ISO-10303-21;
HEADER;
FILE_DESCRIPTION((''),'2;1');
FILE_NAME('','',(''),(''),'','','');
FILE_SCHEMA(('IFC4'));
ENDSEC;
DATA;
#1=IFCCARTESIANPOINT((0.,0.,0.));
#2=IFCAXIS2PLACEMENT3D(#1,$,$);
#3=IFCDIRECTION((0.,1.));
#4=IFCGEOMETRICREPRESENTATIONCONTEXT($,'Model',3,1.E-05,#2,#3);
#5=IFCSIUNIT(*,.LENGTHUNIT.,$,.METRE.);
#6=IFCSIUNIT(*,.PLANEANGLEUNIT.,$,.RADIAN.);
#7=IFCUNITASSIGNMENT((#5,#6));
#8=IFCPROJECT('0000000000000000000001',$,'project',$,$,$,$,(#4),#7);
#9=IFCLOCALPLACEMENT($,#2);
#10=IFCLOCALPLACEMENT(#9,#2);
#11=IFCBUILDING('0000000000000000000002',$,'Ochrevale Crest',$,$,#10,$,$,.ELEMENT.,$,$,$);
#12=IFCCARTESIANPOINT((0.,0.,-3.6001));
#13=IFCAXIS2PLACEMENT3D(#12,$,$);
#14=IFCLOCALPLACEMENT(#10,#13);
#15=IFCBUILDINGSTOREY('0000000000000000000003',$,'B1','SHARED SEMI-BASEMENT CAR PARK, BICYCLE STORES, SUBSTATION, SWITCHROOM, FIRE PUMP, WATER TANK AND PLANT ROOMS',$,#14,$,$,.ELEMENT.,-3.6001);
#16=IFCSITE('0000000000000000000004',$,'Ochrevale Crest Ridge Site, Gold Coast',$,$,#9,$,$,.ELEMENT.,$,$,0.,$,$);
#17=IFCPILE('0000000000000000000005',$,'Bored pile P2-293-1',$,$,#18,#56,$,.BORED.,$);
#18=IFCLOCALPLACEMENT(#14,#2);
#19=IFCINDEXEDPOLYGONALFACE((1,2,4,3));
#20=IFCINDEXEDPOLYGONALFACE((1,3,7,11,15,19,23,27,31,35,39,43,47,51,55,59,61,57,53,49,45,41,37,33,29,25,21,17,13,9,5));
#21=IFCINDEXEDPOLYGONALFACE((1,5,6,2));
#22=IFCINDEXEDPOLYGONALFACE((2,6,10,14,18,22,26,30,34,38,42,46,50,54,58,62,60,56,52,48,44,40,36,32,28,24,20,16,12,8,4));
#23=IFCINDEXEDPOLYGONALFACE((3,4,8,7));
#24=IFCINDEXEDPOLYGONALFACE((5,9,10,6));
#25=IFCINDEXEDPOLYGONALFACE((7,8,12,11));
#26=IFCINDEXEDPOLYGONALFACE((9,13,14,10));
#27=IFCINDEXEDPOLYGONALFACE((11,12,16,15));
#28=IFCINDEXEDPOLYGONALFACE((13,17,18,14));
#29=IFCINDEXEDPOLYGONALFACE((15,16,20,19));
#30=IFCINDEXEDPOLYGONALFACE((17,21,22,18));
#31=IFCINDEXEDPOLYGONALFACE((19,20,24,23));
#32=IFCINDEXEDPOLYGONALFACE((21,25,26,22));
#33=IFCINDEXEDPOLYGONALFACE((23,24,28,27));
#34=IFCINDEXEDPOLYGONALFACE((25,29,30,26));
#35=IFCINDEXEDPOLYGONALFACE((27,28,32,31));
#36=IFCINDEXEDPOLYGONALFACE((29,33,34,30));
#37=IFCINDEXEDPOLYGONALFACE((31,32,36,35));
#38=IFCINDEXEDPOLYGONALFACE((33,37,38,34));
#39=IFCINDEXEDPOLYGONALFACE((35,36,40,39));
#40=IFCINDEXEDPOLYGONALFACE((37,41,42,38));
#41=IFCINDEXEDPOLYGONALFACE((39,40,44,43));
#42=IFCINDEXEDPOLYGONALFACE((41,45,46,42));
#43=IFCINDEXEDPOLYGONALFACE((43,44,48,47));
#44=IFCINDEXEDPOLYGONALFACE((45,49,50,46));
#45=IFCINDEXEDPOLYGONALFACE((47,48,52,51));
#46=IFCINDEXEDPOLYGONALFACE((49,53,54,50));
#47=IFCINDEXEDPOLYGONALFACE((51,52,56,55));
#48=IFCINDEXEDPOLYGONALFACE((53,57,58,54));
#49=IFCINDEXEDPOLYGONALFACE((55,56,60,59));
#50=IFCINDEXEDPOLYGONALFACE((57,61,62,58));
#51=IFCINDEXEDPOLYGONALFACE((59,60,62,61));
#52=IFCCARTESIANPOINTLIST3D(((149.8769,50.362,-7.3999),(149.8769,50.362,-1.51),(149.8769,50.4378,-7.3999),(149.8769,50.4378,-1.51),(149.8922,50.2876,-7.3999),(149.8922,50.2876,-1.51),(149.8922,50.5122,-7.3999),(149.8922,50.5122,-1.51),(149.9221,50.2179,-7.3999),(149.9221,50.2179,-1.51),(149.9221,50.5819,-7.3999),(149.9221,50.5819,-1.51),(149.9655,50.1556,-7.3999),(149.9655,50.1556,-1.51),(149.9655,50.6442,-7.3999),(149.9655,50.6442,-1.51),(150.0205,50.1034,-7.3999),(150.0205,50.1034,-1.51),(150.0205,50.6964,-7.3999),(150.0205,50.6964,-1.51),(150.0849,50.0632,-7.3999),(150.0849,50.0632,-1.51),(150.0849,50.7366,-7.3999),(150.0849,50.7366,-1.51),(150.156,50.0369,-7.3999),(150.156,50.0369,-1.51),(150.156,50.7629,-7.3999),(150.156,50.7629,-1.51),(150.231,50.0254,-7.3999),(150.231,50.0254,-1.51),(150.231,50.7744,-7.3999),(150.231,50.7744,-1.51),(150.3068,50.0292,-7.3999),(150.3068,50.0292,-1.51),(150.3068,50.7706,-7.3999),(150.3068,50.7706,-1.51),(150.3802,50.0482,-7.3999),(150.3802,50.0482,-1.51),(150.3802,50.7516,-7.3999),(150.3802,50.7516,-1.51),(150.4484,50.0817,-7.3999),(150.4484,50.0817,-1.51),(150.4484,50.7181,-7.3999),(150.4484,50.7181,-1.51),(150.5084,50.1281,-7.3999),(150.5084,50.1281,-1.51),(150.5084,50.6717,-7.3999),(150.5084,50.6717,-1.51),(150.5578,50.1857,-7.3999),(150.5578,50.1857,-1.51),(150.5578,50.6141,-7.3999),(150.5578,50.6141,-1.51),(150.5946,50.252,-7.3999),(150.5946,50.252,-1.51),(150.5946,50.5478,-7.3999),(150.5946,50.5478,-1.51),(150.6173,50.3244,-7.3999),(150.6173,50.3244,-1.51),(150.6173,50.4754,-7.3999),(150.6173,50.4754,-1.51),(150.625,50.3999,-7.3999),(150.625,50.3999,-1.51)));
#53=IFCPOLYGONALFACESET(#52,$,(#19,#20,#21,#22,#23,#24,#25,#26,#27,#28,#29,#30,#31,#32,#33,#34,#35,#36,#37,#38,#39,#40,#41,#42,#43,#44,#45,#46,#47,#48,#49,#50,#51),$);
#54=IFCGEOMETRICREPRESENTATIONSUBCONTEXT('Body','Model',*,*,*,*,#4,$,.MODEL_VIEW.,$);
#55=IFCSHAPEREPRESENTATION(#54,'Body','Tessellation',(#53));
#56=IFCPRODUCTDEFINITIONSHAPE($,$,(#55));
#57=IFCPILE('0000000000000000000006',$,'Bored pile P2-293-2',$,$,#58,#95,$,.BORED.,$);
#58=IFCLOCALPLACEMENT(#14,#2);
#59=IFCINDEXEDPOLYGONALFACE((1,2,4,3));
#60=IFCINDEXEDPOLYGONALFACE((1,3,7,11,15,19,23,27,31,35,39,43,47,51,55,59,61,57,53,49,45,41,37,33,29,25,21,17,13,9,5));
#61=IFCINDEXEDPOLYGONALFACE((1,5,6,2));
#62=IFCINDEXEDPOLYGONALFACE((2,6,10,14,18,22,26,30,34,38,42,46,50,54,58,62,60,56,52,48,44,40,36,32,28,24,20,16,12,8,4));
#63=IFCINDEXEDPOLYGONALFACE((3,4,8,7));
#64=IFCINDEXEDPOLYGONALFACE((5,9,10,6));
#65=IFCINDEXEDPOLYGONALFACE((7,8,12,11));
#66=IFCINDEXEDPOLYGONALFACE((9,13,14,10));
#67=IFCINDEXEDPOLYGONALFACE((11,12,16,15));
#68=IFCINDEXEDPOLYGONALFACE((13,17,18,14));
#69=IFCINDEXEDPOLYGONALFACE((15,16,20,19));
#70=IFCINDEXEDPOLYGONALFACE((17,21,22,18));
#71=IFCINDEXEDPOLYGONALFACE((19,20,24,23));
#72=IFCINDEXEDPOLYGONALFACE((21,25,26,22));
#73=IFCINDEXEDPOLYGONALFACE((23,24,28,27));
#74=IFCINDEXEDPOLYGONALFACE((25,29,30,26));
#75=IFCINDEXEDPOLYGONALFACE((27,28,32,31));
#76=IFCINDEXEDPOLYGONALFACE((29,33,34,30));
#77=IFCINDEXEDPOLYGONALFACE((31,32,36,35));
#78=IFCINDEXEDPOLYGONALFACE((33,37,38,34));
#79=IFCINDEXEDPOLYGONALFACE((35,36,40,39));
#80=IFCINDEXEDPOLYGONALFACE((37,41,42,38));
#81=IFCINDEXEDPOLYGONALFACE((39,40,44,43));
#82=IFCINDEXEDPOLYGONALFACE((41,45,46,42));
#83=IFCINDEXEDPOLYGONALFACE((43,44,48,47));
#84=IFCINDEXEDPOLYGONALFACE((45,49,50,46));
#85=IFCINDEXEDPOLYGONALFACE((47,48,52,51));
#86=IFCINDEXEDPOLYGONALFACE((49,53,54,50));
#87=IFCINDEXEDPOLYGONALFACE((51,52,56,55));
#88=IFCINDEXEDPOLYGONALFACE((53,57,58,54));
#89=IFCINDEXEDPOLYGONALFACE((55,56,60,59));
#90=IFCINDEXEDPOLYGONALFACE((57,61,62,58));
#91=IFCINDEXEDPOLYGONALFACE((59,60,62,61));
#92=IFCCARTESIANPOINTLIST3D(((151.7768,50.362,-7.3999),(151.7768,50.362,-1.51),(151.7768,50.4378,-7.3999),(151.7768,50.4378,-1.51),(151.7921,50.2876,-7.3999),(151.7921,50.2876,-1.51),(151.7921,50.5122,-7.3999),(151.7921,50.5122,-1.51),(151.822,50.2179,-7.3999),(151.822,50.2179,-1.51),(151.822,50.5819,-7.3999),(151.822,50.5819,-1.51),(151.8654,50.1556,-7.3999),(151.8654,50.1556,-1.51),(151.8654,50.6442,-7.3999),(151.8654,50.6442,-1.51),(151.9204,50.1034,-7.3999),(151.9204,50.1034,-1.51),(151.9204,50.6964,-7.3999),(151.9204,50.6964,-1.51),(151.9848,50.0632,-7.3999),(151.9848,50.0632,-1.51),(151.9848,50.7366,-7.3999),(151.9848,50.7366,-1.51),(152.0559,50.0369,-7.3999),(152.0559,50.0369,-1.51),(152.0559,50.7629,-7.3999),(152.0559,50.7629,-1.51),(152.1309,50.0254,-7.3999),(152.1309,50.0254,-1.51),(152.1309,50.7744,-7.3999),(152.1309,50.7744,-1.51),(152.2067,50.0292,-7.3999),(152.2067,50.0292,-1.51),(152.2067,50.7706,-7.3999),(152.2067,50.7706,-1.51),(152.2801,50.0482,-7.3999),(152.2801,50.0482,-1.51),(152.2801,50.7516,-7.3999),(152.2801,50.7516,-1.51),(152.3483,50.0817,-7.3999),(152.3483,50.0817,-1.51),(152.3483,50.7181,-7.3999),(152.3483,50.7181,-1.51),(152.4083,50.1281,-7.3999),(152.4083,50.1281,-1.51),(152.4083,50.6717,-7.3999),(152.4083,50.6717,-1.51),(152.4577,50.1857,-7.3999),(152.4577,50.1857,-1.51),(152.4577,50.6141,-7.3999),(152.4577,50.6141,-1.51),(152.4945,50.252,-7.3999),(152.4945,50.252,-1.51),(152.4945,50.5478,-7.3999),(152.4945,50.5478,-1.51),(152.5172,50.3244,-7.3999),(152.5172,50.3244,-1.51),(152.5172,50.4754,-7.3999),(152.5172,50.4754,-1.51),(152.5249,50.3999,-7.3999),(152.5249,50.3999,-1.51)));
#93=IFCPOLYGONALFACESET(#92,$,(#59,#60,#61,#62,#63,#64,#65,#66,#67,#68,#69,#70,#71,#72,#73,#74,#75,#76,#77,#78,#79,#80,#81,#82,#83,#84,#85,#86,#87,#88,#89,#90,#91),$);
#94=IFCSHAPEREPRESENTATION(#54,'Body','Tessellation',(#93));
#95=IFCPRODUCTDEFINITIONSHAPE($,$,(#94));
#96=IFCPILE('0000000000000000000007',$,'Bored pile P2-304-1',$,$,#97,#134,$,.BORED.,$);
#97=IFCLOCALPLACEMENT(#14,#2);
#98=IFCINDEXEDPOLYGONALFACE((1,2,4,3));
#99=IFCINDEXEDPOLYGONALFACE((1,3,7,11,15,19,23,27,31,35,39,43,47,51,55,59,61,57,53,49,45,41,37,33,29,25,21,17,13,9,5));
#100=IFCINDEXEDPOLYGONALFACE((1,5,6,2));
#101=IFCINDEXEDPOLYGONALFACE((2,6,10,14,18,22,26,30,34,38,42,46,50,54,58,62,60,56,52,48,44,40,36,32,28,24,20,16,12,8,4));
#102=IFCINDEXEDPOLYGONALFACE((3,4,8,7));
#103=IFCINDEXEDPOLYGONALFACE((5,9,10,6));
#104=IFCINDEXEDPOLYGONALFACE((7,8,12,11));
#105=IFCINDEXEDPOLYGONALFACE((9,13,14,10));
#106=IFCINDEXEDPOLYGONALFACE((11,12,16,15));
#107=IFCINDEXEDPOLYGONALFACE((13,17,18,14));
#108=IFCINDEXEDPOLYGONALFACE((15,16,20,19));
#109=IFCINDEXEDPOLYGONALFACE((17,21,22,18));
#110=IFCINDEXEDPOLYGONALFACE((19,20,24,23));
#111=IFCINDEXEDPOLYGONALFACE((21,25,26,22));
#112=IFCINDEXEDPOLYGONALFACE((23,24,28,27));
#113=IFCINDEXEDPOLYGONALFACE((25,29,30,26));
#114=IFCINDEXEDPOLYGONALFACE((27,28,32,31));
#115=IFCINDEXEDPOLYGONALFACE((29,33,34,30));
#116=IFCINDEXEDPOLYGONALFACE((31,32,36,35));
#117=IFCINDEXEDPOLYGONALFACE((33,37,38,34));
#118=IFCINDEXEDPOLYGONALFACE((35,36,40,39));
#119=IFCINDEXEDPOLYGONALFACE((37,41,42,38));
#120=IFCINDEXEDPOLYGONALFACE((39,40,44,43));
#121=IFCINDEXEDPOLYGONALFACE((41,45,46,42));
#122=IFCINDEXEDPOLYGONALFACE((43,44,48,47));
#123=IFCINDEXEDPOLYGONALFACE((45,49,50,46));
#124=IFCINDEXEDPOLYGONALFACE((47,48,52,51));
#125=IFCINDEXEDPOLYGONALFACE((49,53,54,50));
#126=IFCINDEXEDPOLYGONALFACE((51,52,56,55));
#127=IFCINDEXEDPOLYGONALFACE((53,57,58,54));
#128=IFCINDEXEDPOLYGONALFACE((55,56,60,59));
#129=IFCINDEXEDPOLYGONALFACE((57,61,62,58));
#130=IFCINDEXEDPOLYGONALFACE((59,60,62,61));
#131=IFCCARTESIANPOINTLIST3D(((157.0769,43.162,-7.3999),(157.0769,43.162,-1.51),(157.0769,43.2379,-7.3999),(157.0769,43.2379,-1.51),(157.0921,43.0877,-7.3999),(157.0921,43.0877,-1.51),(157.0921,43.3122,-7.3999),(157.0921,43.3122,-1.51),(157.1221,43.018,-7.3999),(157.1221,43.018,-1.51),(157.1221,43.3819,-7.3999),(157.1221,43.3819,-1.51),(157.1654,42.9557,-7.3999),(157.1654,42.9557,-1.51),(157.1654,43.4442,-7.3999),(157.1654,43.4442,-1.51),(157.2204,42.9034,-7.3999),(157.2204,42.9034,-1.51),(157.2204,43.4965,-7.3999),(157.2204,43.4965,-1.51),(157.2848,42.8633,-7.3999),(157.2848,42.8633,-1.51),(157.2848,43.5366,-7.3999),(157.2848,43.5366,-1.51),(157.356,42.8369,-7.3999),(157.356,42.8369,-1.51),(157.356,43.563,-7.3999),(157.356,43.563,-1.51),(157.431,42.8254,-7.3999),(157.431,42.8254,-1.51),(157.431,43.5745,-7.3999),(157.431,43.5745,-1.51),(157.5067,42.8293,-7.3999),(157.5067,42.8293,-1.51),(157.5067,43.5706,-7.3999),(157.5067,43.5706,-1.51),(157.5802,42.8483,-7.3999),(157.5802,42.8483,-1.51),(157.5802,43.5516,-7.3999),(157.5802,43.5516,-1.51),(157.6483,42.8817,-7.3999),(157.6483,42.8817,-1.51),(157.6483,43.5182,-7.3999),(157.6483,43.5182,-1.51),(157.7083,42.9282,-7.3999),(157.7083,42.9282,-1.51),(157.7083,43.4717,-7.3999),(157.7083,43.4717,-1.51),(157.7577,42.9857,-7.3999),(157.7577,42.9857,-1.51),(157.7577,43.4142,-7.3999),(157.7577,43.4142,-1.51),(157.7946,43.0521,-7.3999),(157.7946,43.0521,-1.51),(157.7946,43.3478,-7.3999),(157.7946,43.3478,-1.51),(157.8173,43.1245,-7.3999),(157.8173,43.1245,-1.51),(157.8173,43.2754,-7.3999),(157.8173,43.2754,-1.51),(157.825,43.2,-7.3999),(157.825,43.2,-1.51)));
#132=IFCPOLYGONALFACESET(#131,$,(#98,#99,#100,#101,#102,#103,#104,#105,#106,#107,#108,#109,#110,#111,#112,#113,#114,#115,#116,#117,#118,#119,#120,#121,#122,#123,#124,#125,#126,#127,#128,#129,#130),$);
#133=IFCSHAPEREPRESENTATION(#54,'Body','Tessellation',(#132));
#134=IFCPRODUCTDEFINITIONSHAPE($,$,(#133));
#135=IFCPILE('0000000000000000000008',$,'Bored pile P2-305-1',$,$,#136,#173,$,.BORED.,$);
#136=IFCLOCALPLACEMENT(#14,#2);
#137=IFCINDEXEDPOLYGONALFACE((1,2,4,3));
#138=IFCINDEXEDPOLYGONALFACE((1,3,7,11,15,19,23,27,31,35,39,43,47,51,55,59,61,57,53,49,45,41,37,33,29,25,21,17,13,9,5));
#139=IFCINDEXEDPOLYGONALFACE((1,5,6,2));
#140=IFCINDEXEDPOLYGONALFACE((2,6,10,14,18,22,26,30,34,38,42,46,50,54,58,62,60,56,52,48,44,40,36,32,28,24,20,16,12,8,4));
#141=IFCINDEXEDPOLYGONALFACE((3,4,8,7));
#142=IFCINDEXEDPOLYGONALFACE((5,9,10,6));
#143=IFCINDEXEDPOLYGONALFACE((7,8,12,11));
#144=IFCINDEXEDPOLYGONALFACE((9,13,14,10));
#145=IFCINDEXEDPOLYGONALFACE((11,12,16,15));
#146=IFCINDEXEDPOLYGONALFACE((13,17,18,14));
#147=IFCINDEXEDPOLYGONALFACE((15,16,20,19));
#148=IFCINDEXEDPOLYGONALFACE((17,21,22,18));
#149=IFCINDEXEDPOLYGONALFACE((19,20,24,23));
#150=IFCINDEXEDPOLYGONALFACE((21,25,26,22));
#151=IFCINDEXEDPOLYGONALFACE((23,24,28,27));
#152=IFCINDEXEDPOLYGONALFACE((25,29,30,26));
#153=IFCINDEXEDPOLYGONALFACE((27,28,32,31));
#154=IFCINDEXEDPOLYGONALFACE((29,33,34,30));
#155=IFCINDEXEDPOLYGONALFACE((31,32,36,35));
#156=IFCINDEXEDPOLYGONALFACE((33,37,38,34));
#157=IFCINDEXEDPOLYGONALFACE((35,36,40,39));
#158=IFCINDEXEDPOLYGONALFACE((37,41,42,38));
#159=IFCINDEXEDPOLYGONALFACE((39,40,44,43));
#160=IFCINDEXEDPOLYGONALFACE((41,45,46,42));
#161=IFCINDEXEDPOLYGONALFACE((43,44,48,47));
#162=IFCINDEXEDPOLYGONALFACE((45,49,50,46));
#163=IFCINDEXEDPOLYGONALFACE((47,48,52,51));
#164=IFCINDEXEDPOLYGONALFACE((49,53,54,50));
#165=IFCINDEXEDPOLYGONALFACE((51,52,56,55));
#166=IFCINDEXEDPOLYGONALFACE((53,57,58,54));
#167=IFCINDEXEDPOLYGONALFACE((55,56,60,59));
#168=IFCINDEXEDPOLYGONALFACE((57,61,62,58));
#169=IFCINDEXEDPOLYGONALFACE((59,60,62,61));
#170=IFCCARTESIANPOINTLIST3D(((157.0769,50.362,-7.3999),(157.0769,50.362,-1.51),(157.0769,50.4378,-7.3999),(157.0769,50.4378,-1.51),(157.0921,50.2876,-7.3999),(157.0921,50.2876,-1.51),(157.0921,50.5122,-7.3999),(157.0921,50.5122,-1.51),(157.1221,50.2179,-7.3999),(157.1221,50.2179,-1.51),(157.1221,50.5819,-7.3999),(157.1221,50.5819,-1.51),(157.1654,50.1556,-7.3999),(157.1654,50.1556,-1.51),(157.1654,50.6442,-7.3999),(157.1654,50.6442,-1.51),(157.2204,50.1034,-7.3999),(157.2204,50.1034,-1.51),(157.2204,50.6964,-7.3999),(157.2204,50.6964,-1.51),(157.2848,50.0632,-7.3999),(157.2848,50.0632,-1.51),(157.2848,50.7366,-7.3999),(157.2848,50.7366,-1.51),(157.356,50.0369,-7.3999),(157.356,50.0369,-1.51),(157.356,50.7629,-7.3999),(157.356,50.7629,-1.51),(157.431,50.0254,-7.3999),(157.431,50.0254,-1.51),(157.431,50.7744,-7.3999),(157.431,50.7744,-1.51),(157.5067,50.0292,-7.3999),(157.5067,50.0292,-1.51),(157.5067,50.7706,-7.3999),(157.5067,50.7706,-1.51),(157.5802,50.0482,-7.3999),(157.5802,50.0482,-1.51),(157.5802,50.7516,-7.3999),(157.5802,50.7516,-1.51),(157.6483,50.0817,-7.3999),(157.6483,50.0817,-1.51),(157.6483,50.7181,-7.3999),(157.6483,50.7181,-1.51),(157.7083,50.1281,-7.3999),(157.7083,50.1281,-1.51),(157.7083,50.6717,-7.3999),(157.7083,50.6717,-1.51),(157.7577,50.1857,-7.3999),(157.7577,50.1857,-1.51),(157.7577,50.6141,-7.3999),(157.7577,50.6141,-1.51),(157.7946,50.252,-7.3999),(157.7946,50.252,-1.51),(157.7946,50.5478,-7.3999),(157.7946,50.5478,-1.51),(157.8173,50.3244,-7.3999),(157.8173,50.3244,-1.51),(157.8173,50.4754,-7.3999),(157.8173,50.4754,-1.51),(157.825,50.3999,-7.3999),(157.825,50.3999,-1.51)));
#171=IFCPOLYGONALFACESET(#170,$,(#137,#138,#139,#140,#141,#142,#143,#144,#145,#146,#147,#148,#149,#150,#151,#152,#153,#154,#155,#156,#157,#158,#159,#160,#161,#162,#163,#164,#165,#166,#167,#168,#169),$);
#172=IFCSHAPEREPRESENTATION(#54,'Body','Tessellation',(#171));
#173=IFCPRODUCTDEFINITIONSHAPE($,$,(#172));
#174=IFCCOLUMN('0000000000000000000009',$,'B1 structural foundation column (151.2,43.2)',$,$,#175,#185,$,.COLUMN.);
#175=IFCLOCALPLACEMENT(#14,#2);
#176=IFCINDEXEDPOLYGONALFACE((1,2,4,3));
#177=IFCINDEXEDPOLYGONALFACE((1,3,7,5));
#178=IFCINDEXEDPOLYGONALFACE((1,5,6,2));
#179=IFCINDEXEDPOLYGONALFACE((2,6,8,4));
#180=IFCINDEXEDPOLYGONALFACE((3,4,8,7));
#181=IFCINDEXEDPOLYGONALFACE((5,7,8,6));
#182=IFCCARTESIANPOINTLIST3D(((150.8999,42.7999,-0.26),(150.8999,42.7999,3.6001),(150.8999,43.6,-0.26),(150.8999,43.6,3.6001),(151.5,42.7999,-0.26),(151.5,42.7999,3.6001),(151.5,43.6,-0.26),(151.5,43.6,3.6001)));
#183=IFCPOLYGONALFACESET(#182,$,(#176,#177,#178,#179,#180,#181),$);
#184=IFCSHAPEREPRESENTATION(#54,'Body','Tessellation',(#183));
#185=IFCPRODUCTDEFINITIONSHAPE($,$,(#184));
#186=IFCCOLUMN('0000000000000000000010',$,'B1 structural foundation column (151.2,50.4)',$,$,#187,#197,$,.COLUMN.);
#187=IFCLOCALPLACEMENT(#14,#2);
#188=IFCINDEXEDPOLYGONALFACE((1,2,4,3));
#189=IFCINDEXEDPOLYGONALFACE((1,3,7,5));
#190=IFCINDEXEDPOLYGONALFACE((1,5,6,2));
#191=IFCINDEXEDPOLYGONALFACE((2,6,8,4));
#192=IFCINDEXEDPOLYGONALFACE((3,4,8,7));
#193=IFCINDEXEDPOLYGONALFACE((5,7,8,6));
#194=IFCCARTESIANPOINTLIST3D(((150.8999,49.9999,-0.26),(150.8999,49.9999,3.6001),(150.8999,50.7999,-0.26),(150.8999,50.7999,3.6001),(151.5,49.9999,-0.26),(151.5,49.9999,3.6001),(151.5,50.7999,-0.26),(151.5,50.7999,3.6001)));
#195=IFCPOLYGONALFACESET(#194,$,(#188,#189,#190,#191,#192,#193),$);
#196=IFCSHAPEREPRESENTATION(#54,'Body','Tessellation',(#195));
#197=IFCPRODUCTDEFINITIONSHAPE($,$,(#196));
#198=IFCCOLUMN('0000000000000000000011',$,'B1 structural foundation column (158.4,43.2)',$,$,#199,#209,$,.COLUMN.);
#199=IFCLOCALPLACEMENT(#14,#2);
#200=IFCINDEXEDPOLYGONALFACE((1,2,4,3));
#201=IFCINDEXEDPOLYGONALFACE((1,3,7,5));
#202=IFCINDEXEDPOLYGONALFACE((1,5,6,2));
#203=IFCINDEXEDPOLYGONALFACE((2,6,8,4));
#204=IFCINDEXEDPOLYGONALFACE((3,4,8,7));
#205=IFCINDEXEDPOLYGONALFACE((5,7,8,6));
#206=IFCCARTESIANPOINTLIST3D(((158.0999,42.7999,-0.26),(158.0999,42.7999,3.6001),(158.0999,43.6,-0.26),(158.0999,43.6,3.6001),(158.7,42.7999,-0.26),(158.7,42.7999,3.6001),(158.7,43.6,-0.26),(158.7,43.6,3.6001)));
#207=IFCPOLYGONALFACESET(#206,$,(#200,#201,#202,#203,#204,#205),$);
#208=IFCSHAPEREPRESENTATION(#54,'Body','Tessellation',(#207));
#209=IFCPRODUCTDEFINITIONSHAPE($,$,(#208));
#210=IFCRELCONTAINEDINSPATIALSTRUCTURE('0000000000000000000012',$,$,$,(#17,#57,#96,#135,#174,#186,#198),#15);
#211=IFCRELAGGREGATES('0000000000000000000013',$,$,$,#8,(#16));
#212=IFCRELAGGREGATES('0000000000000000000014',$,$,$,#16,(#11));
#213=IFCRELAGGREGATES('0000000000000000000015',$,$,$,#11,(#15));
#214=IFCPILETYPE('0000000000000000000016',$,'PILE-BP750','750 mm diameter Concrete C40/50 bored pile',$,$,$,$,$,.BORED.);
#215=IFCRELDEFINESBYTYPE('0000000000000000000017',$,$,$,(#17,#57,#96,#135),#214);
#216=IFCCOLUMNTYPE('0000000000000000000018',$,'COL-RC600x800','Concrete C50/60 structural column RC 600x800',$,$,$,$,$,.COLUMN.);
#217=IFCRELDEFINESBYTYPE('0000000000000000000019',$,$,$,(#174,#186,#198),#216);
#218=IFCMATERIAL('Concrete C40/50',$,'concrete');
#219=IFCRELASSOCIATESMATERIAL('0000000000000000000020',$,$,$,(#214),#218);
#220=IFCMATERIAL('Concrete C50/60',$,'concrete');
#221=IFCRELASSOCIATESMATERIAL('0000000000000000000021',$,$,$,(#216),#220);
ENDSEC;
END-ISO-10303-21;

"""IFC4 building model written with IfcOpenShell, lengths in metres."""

from ifc_helpers import new_model, si_unit, direction, frame, origin, origin_2d, place, context, subcontext, project, spatial, rectangle, circle, extrude, material, material_profile, profile_set, type_object, element, save


model = new_model("IFC4")

# Units and contexts
model_context = context("Model", 3, precision=1e-05, world=origin(), true_north=direction((0.0, 1.0)))
body_context = subcontext(model_context, "Body", "Model", "MODEL_VIEW")
ifc_project = project(units=[si_unit("LENGTHUNIT", "METRE"), si_unit("PLANEANGLEUNIT", "RADIAN")], contexts=[model_context])

# Site, building, storey
site_placement = place(None, origin())
site = spatial("IfcSite", under=ifc_project, at=site_placement, Name="Ochrevale Crest Ridge Site, Gold Coast", CompositionType="ELEMENT", RefElevation=0.0)
building_placement = place(site_placement, origin())
building = spatial("IfcBuilding", under=site, at=building_placement, Name="Ochrevale Crest", CompositionType="ELEMENT")
storey_placement = place(building_placement, frame((0.0, 0.0, -3.6001)))
storey = spatial("IfcBuildingStorey", under=building, at=storey_placement, Name="B1", Description="SHARED SEMI-BASEMENT CAR PARK, BICYCLE STORES, SUBSTATION, SWITCHROOM, FIRE PUMP, WATER TANK AND PLANT ROOMS", CompositionType="ELEMENT", Elevation=-3.6001)

# Shared definitions
ifc_material_1 = material(Name="Concrete C40/50", Category="concrete")

# Piles
ifc_material_profile_1 = material_profile(ifc_material_1, circle(Radius=0.375, at=origin_2d()), Name="BORED PILE 750")
ifc_profile_set_1 = profile_set([ifc_material_profile_1], Name="Concrete C40/50")
pile_type = type_object("IfcPileType", Name="PILE-BP750", Description="750 mm diameter Concrete C40/50 bored pile", PredefinedType="BORED", material=ifc_profile_set_1)
for number, where, z_axis, x_axis, name in (
    (1, (150.25, 50.3999, -1.51), (0.0, 0.0, -1.0), (1.0, 0.0, 0.0), "Bored pile P2-293-1"),
    (2, (152.1499, 50.3999, -1.51), (0.0, 0.0, -1.0), (1.0, 0.0, 0.0), "Bored pile P2-293-2"),
    (3, (157.45, 43.2, -1.51), (0.0, 0.0, -1.0), (1.0, 0.0, 0.0), "Bored pile P2-304-1"),
    (4, (157.45, 50.3999, -1.51), (0.0, 0.0, -1.0), (1.0, 0.0, 0.0), "Bored pile P2-305-1"),
):
    element("IfcPile", number, at=place(storey_placement, frame(where, z_axis=z_axis, x_axis=x_axis)), inside=storey, type_object=pile_type, Name=name, PredefinedType="BORED", context=body_context, shape_type="SweptSolid", body=[
        extrude(circle(Radius=0.375, at=origin_2d()), origin(), (0.0, 0.0, 1.0), 5.8899),
    ])

# Columns
ifc_material_2 = material(Name="Concrete C50/60", Category="concrete")
ifc_material_profile_2 = material_profile(ifc_material_2, rectangle(XDim=0.6001, YDim=0.8, at=origin_2d()), Name="RC 600x800")
ifc_profile_set_2 = profile_set([ifc_material_profile_2], Name="Concrete C50/60")
column_type = type_object("IfcColumnType", Name="COL-RC600x800", Description="Concrete C50/60 structural column RC 600x800", PredefinedType="COLUMN", material=ifc_profile_set_2)
for number, where, z_axis, x_axis, name in (
    (5, (151.2, 43.2, -0.26), (0.0, 0.0, 1.0), (1.0, 0.0, 0.0), "B1 structural foundation column (151.2,43.2)"),
    (6, (151.2, 50.3999, -0.26), (0.0, 0.0, 1.0), (1.0, 0.0, 0.0), "B1 structural foundation column (151.2,50.4)"),
    (7, (158.3999, 43.2, -0.26), (0.0, 0.0, 1.0), (1.0, 0.0, 0.0), "B1 structural foundation column (158.4,43.2)"),
):
    element("IfcColumn", number, at=place(storey_placement, frame(where, z_axis=z_axis, x_axis=x_axis)), inside=storey, type_object=column_type, Name=name, PredefinedType="COLUMN", context=body_context, shape_type="SweptSolid", body=[
        extrude(rectangle(XDim=0.6001, YDim=0.8, at=origin_2d()), origin(), (0.0, 0.0, 1.0), 3.8601),
    ])

save(model, "model.ifc")
